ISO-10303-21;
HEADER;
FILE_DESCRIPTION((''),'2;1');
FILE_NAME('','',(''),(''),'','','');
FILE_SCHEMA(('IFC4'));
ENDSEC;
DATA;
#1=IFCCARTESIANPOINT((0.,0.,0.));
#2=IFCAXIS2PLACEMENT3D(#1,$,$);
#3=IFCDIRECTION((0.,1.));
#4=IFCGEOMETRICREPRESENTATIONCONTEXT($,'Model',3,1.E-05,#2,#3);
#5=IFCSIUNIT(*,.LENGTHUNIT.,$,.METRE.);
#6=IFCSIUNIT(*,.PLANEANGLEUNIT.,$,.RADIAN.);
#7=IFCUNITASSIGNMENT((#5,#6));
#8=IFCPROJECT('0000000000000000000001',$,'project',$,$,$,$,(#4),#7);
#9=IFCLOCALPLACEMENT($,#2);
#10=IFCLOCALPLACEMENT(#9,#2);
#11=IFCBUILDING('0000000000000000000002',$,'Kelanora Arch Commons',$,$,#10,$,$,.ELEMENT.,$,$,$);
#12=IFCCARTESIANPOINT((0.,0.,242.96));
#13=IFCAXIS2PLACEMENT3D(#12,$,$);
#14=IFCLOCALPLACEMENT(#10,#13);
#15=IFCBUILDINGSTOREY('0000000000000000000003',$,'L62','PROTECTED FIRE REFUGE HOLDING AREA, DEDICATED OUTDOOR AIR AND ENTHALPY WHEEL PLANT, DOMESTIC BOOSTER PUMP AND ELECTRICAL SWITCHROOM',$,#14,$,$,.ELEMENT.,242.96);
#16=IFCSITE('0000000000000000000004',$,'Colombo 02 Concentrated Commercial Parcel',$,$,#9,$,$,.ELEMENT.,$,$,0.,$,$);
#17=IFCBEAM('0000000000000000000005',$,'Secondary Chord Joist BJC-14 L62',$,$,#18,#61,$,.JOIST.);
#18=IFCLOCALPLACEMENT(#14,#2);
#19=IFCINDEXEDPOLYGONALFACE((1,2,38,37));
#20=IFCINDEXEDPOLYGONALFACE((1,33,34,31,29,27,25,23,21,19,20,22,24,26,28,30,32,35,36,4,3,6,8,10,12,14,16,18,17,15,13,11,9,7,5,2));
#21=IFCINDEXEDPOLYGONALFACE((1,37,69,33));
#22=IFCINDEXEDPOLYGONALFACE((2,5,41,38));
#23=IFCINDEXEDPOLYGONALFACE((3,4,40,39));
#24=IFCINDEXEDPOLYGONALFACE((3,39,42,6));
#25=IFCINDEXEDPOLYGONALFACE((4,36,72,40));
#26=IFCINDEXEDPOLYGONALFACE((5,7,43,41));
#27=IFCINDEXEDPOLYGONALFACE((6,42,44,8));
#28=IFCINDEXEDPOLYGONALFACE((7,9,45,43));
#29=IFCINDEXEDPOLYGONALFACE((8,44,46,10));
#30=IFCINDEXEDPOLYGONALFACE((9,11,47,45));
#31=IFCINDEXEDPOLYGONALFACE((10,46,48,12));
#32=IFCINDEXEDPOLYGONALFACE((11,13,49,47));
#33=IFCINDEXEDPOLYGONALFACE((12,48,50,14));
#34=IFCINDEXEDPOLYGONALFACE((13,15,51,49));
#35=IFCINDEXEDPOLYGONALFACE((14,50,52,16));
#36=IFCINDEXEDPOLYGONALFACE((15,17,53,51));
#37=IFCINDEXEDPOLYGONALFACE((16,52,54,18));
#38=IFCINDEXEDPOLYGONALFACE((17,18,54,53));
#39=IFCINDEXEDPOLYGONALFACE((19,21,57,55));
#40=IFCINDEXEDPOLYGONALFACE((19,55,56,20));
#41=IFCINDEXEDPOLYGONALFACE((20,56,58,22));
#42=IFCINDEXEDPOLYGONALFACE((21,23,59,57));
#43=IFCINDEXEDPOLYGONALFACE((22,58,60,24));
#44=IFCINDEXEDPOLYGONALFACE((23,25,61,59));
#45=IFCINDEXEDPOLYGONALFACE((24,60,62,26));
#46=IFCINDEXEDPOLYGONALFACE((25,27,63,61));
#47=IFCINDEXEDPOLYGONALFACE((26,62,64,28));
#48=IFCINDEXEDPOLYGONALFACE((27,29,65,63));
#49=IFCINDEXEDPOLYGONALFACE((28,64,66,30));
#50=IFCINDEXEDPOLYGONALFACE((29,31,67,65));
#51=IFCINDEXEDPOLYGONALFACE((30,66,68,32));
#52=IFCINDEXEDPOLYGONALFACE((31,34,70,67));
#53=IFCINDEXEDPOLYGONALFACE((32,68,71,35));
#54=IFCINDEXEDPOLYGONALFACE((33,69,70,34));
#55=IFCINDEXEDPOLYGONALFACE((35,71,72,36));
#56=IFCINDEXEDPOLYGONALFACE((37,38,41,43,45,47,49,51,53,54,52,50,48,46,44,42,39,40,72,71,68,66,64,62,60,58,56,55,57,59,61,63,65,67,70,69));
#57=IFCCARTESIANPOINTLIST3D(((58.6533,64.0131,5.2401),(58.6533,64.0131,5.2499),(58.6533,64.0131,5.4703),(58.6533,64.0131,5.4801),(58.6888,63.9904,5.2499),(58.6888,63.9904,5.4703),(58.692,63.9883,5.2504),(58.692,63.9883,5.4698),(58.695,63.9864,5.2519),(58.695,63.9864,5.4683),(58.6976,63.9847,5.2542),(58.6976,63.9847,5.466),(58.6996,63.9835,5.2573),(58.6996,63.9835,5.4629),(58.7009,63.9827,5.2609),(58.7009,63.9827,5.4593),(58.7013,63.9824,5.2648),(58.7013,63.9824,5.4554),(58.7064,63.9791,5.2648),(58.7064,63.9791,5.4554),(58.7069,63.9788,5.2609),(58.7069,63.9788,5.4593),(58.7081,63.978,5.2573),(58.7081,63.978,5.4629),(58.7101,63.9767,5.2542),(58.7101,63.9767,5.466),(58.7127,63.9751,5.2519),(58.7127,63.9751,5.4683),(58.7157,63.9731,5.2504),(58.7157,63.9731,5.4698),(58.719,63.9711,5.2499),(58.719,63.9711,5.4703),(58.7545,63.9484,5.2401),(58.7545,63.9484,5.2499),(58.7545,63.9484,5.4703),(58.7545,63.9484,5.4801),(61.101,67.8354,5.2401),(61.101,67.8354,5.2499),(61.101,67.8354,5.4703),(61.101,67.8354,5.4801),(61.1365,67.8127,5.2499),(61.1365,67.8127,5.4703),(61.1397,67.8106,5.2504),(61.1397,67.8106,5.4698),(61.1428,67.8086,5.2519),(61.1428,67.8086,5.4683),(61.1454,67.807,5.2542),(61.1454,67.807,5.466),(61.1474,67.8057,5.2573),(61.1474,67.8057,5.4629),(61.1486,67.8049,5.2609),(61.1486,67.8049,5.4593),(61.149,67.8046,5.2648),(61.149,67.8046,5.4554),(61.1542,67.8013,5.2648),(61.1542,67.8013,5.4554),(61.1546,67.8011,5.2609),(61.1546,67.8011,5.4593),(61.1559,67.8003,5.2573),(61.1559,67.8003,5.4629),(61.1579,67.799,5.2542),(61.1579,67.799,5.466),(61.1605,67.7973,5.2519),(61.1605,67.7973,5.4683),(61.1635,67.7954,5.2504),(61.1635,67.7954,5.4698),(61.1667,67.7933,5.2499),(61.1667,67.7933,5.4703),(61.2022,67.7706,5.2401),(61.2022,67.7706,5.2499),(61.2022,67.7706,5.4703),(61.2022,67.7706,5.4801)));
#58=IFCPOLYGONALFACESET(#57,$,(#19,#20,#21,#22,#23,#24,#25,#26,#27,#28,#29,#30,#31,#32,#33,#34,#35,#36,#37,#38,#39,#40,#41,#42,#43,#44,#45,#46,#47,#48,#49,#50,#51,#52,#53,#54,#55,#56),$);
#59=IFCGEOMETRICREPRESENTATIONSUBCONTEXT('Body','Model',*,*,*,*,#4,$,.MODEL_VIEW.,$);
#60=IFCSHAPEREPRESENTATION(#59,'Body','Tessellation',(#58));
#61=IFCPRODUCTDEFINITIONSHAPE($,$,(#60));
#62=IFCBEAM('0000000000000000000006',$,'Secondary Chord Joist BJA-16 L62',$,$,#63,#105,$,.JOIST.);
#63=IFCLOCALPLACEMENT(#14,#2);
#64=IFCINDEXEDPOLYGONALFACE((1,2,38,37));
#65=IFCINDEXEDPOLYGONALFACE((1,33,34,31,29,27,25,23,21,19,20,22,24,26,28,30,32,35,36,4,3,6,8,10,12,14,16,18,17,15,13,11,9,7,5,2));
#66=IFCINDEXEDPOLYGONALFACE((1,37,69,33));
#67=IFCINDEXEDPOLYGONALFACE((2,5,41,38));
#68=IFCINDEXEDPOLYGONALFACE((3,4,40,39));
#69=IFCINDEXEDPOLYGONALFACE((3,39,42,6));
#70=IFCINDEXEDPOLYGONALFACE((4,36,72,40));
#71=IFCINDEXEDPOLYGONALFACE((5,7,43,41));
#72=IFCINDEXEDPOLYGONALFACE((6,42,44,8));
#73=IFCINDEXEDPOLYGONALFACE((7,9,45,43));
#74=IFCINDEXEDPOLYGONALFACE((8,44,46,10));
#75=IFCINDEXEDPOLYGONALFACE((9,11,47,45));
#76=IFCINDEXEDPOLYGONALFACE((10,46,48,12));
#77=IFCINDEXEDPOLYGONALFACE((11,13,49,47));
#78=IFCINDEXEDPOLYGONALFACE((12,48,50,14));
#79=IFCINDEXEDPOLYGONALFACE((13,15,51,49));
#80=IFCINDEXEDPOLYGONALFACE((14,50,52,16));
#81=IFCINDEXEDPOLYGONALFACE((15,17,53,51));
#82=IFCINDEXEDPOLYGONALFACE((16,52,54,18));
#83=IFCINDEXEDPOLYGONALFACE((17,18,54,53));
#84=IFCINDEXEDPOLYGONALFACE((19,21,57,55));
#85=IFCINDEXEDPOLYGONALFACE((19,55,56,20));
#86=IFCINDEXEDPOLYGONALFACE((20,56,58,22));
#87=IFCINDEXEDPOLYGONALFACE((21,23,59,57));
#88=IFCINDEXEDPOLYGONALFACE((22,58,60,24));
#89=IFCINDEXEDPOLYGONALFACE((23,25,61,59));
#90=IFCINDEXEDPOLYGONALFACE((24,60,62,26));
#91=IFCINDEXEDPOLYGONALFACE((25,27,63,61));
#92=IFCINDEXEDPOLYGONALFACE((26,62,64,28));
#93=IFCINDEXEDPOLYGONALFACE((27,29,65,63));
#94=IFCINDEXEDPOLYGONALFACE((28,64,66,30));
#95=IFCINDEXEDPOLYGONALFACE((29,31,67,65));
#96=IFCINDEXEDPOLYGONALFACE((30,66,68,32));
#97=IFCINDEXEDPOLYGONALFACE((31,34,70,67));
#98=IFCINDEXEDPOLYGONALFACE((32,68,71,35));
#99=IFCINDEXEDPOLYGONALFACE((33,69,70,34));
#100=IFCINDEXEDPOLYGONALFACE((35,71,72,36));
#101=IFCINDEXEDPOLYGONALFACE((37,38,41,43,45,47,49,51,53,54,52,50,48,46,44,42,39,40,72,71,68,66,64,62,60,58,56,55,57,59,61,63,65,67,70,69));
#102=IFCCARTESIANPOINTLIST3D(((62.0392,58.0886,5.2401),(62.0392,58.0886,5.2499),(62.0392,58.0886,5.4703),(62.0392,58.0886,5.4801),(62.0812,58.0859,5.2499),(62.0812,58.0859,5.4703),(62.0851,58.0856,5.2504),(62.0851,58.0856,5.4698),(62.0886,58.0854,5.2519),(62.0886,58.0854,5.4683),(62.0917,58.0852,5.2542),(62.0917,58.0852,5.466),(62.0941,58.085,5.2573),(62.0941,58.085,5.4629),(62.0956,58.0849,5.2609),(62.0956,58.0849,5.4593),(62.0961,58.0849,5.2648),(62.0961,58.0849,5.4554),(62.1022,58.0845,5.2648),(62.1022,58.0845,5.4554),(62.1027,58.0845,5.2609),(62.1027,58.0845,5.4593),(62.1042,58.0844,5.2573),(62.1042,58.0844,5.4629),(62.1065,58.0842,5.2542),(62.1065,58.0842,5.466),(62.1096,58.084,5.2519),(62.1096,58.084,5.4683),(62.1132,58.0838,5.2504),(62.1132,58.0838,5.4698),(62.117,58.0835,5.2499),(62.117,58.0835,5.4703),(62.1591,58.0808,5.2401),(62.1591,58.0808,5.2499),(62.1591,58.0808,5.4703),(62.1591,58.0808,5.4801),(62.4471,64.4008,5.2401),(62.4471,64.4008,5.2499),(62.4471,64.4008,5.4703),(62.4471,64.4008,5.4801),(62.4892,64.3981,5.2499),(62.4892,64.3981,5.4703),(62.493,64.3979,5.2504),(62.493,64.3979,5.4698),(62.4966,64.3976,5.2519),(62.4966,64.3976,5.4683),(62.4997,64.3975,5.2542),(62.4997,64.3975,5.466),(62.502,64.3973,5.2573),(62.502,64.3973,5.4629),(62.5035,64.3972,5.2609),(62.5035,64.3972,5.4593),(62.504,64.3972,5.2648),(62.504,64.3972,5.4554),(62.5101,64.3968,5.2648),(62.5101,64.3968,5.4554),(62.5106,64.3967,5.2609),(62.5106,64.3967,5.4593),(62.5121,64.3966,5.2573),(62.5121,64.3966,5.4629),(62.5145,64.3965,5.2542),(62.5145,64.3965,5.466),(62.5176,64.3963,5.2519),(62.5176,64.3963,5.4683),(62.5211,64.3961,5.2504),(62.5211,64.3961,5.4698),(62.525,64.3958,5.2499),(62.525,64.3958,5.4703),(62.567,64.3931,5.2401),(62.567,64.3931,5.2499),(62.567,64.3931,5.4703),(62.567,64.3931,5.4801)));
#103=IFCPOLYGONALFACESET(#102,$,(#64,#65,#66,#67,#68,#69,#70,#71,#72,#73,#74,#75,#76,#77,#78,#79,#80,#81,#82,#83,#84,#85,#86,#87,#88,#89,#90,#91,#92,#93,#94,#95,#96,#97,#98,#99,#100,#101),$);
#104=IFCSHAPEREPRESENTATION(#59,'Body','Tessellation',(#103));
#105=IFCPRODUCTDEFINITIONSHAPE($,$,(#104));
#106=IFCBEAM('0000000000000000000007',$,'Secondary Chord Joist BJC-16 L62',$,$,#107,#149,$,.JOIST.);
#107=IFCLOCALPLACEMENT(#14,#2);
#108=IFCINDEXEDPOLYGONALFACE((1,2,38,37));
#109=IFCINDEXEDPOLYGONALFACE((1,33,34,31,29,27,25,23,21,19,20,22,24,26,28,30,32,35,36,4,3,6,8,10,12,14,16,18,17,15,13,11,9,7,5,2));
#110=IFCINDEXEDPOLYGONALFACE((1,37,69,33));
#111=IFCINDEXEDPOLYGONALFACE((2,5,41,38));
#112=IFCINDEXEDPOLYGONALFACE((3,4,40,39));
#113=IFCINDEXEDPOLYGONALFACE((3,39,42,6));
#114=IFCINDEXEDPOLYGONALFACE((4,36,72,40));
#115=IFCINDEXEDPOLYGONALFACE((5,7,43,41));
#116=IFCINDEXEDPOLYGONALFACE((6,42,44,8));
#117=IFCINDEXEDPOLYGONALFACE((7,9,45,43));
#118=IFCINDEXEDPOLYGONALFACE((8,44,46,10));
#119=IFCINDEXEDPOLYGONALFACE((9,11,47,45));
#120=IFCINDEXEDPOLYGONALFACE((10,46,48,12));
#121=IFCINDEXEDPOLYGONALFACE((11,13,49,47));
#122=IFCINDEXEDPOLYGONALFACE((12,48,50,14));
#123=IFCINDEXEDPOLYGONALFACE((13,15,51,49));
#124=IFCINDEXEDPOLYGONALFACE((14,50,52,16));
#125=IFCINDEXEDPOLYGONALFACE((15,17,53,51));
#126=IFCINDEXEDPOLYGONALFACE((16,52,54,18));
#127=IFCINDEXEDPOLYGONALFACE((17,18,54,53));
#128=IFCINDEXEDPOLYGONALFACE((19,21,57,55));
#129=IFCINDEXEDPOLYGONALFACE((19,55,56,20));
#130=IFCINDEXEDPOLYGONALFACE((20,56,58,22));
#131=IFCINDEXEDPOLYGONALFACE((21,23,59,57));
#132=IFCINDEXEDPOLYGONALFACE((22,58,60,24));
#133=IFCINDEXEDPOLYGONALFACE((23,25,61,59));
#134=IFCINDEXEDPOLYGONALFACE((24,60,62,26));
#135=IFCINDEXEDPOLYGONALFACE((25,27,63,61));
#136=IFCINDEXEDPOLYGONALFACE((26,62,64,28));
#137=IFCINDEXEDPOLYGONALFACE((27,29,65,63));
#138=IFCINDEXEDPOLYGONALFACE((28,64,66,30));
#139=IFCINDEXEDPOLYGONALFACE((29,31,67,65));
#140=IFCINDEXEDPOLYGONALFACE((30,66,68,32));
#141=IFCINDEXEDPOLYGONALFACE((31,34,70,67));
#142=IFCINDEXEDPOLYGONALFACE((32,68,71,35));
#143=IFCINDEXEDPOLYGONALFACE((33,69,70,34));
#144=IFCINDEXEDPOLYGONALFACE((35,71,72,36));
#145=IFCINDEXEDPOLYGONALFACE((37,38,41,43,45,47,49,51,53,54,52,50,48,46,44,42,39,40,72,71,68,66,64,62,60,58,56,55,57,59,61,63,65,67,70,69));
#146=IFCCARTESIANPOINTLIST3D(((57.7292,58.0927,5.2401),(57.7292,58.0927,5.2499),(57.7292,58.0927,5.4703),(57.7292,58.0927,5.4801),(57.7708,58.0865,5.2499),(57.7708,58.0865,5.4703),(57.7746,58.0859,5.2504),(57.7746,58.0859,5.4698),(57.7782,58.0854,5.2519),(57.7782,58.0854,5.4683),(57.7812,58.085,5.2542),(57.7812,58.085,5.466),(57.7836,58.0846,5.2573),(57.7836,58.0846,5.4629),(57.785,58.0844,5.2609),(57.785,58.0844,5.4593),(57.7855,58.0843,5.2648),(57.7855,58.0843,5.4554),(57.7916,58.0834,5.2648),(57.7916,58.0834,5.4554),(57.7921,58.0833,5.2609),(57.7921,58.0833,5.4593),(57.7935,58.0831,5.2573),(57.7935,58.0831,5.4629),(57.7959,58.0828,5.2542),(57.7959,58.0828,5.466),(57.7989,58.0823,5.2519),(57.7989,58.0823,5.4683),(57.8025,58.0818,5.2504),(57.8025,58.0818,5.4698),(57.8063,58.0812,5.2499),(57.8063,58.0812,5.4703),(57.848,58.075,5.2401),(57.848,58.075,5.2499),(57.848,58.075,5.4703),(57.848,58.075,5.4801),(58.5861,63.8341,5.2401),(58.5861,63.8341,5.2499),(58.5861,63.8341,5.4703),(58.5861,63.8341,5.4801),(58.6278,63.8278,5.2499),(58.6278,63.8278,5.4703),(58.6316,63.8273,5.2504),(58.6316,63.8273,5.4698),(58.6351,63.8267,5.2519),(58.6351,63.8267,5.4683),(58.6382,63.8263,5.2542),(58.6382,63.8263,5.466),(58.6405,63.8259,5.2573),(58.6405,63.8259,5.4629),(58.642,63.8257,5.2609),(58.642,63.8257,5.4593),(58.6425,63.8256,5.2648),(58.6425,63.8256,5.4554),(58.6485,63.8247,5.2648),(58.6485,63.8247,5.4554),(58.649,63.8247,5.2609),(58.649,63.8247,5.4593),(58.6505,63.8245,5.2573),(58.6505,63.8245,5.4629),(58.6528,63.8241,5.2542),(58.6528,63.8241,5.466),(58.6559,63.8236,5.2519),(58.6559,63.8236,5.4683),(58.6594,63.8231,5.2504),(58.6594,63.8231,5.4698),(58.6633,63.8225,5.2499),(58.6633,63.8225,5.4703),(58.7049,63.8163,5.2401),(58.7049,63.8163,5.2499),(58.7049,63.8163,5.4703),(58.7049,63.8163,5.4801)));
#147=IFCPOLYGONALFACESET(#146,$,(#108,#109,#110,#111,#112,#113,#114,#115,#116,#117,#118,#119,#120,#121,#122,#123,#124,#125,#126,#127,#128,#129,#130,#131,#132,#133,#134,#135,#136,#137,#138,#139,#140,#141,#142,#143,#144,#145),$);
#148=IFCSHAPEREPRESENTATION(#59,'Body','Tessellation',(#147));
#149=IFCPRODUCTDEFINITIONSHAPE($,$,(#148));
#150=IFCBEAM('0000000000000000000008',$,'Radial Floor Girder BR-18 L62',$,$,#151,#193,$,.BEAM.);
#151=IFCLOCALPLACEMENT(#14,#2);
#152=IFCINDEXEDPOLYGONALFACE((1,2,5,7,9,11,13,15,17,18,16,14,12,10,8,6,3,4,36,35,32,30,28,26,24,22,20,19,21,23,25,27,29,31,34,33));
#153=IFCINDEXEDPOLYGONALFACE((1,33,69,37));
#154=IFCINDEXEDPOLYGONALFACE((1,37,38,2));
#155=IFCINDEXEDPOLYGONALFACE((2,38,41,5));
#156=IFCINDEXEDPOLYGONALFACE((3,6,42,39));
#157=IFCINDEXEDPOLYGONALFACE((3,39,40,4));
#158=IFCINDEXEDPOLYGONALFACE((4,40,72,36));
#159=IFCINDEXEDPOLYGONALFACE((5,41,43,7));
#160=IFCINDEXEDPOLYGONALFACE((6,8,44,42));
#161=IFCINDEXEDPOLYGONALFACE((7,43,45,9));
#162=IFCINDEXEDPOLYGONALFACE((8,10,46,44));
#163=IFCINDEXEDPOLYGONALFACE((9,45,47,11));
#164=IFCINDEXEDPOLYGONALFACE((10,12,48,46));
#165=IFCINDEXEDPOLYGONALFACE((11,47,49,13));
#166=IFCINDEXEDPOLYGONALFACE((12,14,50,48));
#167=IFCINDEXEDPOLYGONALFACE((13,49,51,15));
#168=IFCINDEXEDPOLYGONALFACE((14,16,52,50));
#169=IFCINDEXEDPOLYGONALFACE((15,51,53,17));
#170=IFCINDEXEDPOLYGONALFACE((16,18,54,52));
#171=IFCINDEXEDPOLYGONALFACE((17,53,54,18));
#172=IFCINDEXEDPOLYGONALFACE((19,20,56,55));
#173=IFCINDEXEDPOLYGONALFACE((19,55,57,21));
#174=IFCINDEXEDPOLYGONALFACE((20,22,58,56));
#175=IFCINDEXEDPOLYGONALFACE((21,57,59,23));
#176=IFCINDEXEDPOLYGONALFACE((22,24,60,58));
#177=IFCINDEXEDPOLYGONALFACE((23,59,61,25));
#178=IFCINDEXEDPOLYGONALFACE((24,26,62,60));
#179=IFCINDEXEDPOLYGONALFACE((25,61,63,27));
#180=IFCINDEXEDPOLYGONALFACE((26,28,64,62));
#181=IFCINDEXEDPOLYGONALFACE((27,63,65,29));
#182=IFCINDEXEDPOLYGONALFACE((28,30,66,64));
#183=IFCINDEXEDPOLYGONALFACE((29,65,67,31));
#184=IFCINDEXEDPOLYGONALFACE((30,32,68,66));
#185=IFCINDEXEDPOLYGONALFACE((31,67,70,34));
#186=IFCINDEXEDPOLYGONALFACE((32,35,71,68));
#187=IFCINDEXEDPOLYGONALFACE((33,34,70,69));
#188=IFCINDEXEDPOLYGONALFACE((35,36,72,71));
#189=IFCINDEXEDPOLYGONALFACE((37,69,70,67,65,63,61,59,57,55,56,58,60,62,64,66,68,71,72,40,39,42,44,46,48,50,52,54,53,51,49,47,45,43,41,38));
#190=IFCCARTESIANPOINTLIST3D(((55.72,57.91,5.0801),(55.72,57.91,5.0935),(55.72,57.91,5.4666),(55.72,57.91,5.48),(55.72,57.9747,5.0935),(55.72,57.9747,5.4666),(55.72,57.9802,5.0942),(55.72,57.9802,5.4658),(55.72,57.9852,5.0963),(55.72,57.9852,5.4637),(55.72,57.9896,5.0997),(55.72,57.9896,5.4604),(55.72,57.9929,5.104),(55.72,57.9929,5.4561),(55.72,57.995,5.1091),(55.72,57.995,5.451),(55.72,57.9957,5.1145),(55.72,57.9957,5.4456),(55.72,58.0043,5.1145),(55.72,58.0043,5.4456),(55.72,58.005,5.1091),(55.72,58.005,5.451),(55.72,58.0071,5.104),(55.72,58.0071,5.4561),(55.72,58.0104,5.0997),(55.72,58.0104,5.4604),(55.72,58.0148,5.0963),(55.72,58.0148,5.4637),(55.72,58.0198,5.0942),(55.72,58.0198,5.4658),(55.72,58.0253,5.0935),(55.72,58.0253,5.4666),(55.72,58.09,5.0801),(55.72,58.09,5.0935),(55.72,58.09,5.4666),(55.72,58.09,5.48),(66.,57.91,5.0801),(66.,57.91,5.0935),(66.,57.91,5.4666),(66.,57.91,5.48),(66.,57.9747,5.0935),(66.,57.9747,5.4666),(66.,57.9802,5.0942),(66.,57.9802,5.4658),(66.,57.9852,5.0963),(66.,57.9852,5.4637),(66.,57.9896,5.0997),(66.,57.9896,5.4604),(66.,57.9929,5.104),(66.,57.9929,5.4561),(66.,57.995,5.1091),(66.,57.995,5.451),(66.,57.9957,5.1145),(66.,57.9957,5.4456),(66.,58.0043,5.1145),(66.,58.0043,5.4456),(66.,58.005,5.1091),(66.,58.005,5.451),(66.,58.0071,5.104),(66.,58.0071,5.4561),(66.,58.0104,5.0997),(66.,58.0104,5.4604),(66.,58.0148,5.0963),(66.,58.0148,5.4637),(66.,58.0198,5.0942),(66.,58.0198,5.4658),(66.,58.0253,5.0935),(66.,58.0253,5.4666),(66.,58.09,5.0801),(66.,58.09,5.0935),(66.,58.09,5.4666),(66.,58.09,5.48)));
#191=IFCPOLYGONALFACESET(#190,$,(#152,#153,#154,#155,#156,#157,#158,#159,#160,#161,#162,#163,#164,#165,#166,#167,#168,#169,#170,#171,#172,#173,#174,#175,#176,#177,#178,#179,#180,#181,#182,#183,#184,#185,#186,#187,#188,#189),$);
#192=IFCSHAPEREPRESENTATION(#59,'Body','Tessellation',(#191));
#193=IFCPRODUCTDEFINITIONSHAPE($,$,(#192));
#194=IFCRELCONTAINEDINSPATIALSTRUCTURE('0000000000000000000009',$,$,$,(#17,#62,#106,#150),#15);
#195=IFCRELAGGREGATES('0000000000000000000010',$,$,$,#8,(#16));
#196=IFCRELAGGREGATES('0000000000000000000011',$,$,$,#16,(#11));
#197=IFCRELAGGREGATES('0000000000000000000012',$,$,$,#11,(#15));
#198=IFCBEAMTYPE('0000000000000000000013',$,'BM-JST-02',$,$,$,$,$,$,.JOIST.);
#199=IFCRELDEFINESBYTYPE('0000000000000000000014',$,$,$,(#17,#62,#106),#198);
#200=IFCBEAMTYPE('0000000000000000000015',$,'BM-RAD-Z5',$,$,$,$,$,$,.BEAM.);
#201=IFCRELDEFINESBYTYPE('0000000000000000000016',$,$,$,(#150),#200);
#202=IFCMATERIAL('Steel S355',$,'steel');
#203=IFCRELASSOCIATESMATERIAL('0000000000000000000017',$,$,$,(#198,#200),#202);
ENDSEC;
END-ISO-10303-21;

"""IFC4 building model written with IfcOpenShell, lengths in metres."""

from ifc_helpers import new_model, si_unit, direction, frame, origin, origin_2d, place, context, subcontext, project, spatial, i_section, extrude, material, material_profile, profile_set, type_object, element, save


model = new_model("IFC4")

# Units and contexts
model_context = context("Model", 3, precision=1e-05, world=origin(), true_north=direction((0.0, 1.0)))
body_context = subcontext(model_context, "Body", "Model", "MODEL_VIEW")
ifc_project = project(units=[si_unit("LENGTHUNIT", "METRE"), si_unit("PLANEANGLEUNIT", "RADIAN")], contexts=[model_context])

# Site, building, storey
site_placement = place(None, origin())
site = spatial("IfcSite", under=ifc_project, at=site_placement, Name="Colombo 02 Concentrated Commercial Parcel", CompositionType="ELEMENT", RefElevation=0.0)
building_placement = place(site_placement, origin())
building = spatial("IfcBuilding", under=site, at=building_placement, Name="Kelanora Arch Commons", CompositionType="ELEMENT")
storey_placement = place(building_placement, frame((0.0, 0.0, 242.96)))
storey = spatial("IfcBuildingStorey", under=building, at=storey_placement, Name="L62", Description="PROTECTED FIRE REFUGE HOLDING AREA, DEDICATED OUTDOOR AIR AND ENTHALPY WHEEL PLANT, DOMESTIC BOOSTER PUMP AND ELECTRICAL SWITCHROOM", CompositionType="ELEMENT", Elevation=242.96)

# Beams
ifc_material_1 = material(Name="Steel S355", Category="steel")
ifc_material_profile_1 = material_profile(ifc_material_1, i_section(OverallWidth=0.1201, OverallDepth=0.24, WebThickness=0.0061, FlangeThickness=0.0098, FilletRadius=0.0149, at=origin_2d()), Name="IPE240")
ifc_profile_set_1 = profile_set([ifc_material_profile_1], Name="Steel S355")
beam_type_1 = type_object("IfcBeamType", Name="BM-JST-02", PredefinedType="JOIST", material=ifc_profile_set_1)
beam_1_placement = place(storey_placement, frame((61.1516, 67.803, 5.3601), z_axis=(-0.539289, -0.842121, 0.0), x_axis=(0.842121, -0.539289, 0.0)))
element("IfcBeam", 1, at=beam_1_placement, inside=storey, type_object=beam_type_1, Name="Secondary Chord Joist BJC-14 L62", PredefinedType="JOIST", context=body_context, shape_type="SweptSolid", body=[
    extrude(i_section(OverallWidth=0.1201, OverallDepth=0.24, WebThickness=0.0061, FlangeThickness=0.0098, FilletRadius=0.0149, at=origin_2d()), origin(), (0.0, 0.0, 1.0), 4.5388),
])
beam_2_placement = place(storey_placement, frame((62.5071, 64.397, 5.3601), z_axis=(-0.064495, -0.997918, 0.0), x_axis=(0.997918, -0.064495, 0.0)))
element("IfcBeam", 2, at=beam_2_placement, inside=storey, type_object=beam_type_1, Name="Secondary Chord Joist BJA-16 L62", PredefinedType="JOIST", context=body_context, shape_type="SweptSolid", body=[
    extrude(i_section(OverallWidth=0.1201, OverallDepth=0.24, WebThickness=0.0061, FlangeThickness=0.0098, FilletRadius=0.0149, at=origin_2d()), origin(), (0.0, 0.0, 1.0), 6.3254),
])
beam_3_placement = place(storey_placement, frame((58.6455, 63.8252, 5.3601), z_axis=(-0.147625, -0.989043, 0.0), x_axis=(0.989043, -0.147625, 0.0)))
element("IfcBeam", 3, at=beam_3_placement, inside=storey, type_object=beam_type_1, Name="Secondary Chord Joist BJC-16 L62", PredefinedType="JOIST", context=body_context, shape_type="SweptSolid", body=[
    extrude(i_section(OverallWidth=0.1201, OverallDepth=0.24, WebThickness=0.0061, FlangeThickness=0.0098, FilletRadius=0.0149, at=origin_2d()), origin(), (0.0, 0.0, 1.0), 5.8049),
])
ifc_material_profile_2 = material_profile(ifc_material_1, i_section(OverallWidth=0.1799, OverallDepth=0.3999, WebThickness=0.0085, FlangeThickness=0.0134, FilletRadius=0.021, at=origin_2d()), Name="IPE400")
ifc_profile_set_2 = profile_set([ifc_material_profile_2], Name="Steel S355")
beam_type_2 = type_object("IfcBeamType", Name="BM-RAD-Z5", PredefinedType="BEAM", material=ifc_profile_set_2)
beam_4_placement = place(storey_placement, frame((66.0, 58.0, 5.28), z_axis=(-1.0, 0.0, 0.0), x_axis=(0.0, -1.0, 0.0)))
element("IfcBeam", 4, at=beam_4_placement, inside=storey, type_object=beam_type_2, Name="Radial Floor Girder BR-18 L62", PredefinedType="BEAM", context=body_context, shape_type="SweptSolid", body=[
    extrude(i_section(OverallWidth=0.1799, OverallDepth=0.3999, WebThickness=0.0085, FlangeThickness=0.0134, FilletRadius=0.021, at=origin_2d()), origin(), (0.0, 0.0, 1.0), 10.28),
])

save(model, "model.ifc")
